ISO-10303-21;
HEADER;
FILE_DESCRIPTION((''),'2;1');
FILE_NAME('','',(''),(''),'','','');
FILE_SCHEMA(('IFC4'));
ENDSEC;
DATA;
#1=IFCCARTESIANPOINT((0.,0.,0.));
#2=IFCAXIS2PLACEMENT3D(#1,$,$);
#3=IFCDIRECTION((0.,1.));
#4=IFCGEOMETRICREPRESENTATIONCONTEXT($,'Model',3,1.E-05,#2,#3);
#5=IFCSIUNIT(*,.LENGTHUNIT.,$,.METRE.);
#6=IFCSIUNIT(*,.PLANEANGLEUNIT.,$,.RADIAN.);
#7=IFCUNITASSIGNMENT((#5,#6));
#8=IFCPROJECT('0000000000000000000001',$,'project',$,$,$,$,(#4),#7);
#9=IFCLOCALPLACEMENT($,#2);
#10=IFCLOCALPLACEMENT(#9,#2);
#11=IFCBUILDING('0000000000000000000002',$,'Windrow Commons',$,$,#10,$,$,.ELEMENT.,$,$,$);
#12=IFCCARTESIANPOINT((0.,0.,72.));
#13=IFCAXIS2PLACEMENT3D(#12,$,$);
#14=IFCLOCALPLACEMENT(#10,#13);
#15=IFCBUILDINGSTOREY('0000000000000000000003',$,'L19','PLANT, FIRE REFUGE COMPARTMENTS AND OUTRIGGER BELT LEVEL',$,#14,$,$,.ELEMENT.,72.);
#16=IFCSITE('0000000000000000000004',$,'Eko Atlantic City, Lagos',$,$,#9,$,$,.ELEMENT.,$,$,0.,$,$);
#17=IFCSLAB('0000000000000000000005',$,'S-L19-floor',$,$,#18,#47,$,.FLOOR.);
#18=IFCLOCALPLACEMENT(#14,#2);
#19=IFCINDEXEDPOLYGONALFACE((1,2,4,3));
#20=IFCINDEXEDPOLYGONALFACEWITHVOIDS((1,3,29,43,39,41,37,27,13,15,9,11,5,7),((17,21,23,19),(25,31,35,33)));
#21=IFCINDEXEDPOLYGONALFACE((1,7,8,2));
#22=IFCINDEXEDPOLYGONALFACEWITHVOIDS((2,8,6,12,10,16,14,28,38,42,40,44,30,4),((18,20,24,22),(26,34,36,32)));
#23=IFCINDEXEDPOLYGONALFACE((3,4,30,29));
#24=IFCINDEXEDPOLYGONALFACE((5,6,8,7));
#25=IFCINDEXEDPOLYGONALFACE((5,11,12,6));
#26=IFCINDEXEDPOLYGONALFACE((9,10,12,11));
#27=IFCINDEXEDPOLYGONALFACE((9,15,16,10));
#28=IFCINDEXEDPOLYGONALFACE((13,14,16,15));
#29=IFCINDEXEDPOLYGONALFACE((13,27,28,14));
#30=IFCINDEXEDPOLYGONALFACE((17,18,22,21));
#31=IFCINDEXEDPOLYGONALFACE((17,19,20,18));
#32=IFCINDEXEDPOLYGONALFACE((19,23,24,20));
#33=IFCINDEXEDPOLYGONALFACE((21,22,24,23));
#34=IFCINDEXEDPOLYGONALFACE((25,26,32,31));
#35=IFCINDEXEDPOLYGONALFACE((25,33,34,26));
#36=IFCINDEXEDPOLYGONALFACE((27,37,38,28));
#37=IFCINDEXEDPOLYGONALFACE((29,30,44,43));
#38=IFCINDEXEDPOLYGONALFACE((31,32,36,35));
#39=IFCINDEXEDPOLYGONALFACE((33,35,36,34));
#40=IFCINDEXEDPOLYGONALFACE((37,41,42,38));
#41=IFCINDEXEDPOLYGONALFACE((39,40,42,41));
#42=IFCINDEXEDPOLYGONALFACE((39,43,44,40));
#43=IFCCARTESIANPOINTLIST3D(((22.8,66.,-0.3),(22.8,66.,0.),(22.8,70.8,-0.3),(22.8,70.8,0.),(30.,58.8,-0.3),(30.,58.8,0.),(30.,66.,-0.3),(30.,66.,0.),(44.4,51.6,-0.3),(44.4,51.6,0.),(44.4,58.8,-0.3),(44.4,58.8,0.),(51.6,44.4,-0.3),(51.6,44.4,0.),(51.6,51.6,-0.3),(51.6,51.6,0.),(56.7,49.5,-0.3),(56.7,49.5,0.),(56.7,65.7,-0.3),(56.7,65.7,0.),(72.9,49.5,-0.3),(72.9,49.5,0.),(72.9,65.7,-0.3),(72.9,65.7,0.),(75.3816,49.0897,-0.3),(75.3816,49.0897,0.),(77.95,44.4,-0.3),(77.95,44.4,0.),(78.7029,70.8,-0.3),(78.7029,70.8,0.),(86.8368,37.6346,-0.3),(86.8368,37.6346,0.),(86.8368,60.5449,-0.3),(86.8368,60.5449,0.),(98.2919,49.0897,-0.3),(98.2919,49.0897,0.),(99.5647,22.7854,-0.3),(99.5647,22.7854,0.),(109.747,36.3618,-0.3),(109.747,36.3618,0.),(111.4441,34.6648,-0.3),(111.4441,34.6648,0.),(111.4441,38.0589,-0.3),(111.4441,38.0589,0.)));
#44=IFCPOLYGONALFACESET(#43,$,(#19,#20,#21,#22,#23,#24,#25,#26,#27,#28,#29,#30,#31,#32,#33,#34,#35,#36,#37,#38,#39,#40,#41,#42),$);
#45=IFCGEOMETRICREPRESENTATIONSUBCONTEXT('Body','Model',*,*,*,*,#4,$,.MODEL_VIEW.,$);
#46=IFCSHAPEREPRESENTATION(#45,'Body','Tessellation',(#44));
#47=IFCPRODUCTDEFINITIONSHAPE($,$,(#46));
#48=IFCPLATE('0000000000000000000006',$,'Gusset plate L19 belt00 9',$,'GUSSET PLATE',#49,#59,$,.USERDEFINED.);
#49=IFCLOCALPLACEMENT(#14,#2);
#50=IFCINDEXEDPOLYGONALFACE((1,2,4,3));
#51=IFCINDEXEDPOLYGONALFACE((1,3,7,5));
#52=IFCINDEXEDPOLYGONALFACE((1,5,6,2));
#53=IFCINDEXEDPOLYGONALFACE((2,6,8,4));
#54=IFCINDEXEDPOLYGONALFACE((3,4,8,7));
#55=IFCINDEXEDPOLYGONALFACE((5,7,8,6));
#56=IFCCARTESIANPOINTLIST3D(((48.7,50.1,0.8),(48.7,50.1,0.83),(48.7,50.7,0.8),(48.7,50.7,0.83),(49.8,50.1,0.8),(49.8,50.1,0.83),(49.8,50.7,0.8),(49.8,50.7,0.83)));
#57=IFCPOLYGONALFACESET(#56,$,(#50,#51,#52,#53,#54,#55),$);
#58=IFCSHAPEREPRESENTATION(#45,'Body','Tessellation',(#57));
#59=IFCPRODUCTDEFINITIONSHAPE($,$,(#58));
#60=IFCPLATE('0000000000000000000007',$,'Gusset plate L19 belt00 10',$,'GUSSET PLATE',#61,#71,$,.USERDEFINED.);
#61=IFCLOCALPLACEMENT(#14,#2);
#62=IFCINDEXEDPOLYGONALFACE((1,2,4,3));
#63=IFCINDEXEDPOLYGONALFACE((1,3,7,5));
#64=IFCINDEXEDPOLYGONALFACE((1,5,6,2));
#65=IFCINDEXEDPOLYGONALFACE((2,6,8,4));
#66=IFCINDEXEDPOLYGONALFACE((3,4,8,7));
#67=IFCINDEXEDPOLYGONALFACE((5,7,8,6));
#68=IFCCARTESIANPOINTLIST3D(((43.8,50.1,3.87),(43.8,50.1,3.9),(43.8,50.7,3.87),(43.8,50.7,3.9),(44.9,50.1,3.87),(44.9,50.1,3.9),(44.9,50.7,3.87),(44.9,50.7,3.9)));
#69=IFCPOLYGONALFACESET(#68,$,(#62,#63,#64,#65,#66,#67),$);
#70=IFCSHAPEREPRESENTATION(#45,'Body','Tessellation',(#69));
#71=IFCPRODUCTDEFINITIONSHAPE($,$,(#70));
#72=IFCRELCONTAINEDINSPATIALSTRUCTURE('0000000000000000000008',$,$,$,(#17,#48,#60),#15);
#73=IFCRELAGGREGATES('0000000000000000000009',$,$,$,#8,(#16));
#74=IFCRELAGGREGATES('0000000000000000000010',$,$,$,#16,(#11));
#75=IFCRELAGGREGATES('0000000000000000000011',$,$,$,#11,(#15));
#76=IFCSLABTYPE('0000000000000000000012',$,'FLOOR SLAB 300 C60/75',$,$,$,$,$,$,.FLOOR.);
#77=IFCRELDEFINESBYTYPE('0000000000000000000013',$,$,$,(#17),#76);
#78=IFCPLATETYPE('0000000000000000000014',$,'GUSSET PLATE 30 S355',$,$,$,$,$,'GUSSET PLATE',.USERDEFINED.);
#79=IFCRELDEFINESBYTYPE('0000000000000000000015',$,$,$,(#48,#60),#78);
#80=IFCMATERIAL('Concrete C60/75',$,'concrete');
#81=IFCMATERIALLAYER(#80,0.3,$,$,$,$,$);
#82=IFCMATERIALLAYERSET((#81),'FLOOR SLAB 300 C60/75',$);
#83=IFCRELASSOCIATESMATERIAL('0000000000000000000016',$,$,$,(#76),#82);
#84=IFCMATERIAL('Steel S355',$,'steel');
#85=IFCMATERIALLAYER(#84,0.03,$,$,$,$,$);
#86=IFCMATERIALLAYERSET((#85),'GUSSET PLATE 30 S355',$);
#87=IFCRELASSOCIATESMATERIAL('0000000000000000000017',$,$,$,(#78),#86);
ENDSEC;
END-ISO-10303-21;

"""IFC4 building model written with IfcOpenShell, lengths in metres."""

from ifc_helpers import new_model, si_unit, direction, frame, origin, origin_2d, place, context, subcontext, project, spatial, polyline, rectangle, outline, extrude, material, layer, layer_set, type_object, element, save


model = new_model("IFC4")

# Units and contexts
model_context = context("Model", 3, precision=1e-05, world=origin(), true_north=direction((0.0, 1.0)))
body_context = subcontext(model_context, "Body", "Model", "MODEL_VIEW")
ifc_project = project(units=[si_unit("LENGTHUNIT", "METRE"), si_unit("PLANEANGLEUNIT", "RADIAN")], contexts=[model_context])

# Site, building, storey
site_placement = place(None, origin())
site = spatial("IfcSite", under=ifc_project, at=site_placement, Name="Eko Atlantic City, Lagos", CompositionType="ELEMENT", RefElevation=0.0)
building_placement = place(site_placement, origin())
building = spatial("IfcBuilding", under=site, at=building_placement, Name="Windrow Commons", CompositionType="ELEMENT")
storey_placement = place(building_placement, frame((0.0, 0.0, 72.0)))
storey = spatial("IfcBuildingStorey", under=building, at=storey_placement, Name="L19", Description="PLANT, FIRE REFUGE COMPARTMENTS AND OUTRIGGER BELT LEVEL", CompositionType="ELEMENT", Elevation=72.0)

# Shared definitions
placement_1 = place(storey_placement, frame((0.0, 0.0, -0.3)))

# Slab, openings
ifc_material_1 = material(Name="Concrete C60/75", Category="concrete")
ifc_layer_1 = layer(ifc_material_1, 0.3)
ifc_layer_set_1 = layer_set([ifc_layer_1], Name="FLOOR SLAB 300 C60/75")
slab_type_1 = type_object("IfcSlabType", Name="FLOOR SLAB 300 C60/75", PredefinedType="FLOOR", material=ifc_layer_set_1)
slab_1 = element("IfcSlab", 1, at=placement_1, inside=storey, type_object=slab_type_1, Name="S-L19-floor", PredefinedType="FLOOR", context=body_context, shape_type="SweptSolid", body=[
    extrude(outline(polyline([(99.5647, 22.7854), (111.4441, 34.6648), (109.747, 36.3618), (111.4441, 38.0589), (78.7029, 70.8), (22.8, 70.8), (22.8, 66.0), (30.0, 66.0), (30.0, 58.8), (44.4, 58.8), (44.4, 51.6), (51.6, 51.6), (51.6, 44.4), (77.95, 44.4), (99.5647, 22.7854)]), holes=[polyline([(75.3816, 49.0897), (86.8368, 60.5449), (98.2919, 49.0897), (86.8368, 37.6346), (75.3816, 49.0897)]), polyline([(56.7, 49.5), (56.7, 65.7), (72.9, 65.7), (72.9, 49.5), (56.7, 49.5)])]), origin(), (0.0, 0.0, 1.0), 0.3),
])
opening_1_placement = place(placement_1, origin())
element("IfcOpeningElement", 2, at=opening_1_placement, cuts=slab_1, PredefinedType="OPENING", context=body_context, shape_type="SweptSolid", body=[
    extrude(outline(polyline([(75.3887, 49.0897), (86.8368, 60.5378), (98.2848, 49.0897), (86.8368, 37.6417), (75.3887, 49.0897)])), origin(), (0.0, 0.0, 1.0), 0.3),
])
opening_2_placement = place(placement_1, origin())
element("IfcOpeningElement", 3, at=opening_2_placement, cuts=slab_1, PredefinedType="OPENING", context=body_context, shape_type="SweptSolid", body=[
    extrude(outline(polyline([(56.705, 49.505), (56.705, 65.695), (72.895, 65.695), (72.895, 49.505), (56.705, 49.505)])), origin(), (0.0, 0.0, 1.0), 0.3),
])

# Plates
ifc_material_2 = material(Name="Steel S355", Category="steel")
ifc_layer_2 = layer(ifc_material_2, 0.03)
ifc_layer_set_2 = layer_set([ifc_layer_2], Name="GUSSET PLATE 30 S355")
plate_type_1 = type_object("IfcPlateType", Name="GUSSET PLATE 30 S355", ElementType="GUSSET PLATE", PredefinedType="USERDEFINED", material=ifc_layer_set_2)
for number, where, z_axis, x_axis, name in (
    (4, (49.25, 50.4, 0.8), (0.0, 0.0, 1.0), (-1.0, 0.0, 0.0), "Gusset plate L19 belt00 9"),
    (5, (44.35, 50.4, 3.87), (0.0, 0.0, 1.0), (-1.0, 0.0, 0.0), "Gusset plate L19 belt00 10"),
):
    element("IfcPlate", number, at=place(storey_placement, frame(where, z_axis=z_axis, x_axis=x_axis)), inside=storey, type_object=plate_type_1, Name=name, ObjectType="GUSSET PLATE", PredefinedType="USERDEFINED", context=body_context, shape_type="SweptSolid", body=[
        extrude(rectangle(XDim=1.1, YDim=0.6, at=origin_2d()), origin(), (0.0, 0.0, 1.0), 0.03),
    ])

save(model, "model.ifc")
